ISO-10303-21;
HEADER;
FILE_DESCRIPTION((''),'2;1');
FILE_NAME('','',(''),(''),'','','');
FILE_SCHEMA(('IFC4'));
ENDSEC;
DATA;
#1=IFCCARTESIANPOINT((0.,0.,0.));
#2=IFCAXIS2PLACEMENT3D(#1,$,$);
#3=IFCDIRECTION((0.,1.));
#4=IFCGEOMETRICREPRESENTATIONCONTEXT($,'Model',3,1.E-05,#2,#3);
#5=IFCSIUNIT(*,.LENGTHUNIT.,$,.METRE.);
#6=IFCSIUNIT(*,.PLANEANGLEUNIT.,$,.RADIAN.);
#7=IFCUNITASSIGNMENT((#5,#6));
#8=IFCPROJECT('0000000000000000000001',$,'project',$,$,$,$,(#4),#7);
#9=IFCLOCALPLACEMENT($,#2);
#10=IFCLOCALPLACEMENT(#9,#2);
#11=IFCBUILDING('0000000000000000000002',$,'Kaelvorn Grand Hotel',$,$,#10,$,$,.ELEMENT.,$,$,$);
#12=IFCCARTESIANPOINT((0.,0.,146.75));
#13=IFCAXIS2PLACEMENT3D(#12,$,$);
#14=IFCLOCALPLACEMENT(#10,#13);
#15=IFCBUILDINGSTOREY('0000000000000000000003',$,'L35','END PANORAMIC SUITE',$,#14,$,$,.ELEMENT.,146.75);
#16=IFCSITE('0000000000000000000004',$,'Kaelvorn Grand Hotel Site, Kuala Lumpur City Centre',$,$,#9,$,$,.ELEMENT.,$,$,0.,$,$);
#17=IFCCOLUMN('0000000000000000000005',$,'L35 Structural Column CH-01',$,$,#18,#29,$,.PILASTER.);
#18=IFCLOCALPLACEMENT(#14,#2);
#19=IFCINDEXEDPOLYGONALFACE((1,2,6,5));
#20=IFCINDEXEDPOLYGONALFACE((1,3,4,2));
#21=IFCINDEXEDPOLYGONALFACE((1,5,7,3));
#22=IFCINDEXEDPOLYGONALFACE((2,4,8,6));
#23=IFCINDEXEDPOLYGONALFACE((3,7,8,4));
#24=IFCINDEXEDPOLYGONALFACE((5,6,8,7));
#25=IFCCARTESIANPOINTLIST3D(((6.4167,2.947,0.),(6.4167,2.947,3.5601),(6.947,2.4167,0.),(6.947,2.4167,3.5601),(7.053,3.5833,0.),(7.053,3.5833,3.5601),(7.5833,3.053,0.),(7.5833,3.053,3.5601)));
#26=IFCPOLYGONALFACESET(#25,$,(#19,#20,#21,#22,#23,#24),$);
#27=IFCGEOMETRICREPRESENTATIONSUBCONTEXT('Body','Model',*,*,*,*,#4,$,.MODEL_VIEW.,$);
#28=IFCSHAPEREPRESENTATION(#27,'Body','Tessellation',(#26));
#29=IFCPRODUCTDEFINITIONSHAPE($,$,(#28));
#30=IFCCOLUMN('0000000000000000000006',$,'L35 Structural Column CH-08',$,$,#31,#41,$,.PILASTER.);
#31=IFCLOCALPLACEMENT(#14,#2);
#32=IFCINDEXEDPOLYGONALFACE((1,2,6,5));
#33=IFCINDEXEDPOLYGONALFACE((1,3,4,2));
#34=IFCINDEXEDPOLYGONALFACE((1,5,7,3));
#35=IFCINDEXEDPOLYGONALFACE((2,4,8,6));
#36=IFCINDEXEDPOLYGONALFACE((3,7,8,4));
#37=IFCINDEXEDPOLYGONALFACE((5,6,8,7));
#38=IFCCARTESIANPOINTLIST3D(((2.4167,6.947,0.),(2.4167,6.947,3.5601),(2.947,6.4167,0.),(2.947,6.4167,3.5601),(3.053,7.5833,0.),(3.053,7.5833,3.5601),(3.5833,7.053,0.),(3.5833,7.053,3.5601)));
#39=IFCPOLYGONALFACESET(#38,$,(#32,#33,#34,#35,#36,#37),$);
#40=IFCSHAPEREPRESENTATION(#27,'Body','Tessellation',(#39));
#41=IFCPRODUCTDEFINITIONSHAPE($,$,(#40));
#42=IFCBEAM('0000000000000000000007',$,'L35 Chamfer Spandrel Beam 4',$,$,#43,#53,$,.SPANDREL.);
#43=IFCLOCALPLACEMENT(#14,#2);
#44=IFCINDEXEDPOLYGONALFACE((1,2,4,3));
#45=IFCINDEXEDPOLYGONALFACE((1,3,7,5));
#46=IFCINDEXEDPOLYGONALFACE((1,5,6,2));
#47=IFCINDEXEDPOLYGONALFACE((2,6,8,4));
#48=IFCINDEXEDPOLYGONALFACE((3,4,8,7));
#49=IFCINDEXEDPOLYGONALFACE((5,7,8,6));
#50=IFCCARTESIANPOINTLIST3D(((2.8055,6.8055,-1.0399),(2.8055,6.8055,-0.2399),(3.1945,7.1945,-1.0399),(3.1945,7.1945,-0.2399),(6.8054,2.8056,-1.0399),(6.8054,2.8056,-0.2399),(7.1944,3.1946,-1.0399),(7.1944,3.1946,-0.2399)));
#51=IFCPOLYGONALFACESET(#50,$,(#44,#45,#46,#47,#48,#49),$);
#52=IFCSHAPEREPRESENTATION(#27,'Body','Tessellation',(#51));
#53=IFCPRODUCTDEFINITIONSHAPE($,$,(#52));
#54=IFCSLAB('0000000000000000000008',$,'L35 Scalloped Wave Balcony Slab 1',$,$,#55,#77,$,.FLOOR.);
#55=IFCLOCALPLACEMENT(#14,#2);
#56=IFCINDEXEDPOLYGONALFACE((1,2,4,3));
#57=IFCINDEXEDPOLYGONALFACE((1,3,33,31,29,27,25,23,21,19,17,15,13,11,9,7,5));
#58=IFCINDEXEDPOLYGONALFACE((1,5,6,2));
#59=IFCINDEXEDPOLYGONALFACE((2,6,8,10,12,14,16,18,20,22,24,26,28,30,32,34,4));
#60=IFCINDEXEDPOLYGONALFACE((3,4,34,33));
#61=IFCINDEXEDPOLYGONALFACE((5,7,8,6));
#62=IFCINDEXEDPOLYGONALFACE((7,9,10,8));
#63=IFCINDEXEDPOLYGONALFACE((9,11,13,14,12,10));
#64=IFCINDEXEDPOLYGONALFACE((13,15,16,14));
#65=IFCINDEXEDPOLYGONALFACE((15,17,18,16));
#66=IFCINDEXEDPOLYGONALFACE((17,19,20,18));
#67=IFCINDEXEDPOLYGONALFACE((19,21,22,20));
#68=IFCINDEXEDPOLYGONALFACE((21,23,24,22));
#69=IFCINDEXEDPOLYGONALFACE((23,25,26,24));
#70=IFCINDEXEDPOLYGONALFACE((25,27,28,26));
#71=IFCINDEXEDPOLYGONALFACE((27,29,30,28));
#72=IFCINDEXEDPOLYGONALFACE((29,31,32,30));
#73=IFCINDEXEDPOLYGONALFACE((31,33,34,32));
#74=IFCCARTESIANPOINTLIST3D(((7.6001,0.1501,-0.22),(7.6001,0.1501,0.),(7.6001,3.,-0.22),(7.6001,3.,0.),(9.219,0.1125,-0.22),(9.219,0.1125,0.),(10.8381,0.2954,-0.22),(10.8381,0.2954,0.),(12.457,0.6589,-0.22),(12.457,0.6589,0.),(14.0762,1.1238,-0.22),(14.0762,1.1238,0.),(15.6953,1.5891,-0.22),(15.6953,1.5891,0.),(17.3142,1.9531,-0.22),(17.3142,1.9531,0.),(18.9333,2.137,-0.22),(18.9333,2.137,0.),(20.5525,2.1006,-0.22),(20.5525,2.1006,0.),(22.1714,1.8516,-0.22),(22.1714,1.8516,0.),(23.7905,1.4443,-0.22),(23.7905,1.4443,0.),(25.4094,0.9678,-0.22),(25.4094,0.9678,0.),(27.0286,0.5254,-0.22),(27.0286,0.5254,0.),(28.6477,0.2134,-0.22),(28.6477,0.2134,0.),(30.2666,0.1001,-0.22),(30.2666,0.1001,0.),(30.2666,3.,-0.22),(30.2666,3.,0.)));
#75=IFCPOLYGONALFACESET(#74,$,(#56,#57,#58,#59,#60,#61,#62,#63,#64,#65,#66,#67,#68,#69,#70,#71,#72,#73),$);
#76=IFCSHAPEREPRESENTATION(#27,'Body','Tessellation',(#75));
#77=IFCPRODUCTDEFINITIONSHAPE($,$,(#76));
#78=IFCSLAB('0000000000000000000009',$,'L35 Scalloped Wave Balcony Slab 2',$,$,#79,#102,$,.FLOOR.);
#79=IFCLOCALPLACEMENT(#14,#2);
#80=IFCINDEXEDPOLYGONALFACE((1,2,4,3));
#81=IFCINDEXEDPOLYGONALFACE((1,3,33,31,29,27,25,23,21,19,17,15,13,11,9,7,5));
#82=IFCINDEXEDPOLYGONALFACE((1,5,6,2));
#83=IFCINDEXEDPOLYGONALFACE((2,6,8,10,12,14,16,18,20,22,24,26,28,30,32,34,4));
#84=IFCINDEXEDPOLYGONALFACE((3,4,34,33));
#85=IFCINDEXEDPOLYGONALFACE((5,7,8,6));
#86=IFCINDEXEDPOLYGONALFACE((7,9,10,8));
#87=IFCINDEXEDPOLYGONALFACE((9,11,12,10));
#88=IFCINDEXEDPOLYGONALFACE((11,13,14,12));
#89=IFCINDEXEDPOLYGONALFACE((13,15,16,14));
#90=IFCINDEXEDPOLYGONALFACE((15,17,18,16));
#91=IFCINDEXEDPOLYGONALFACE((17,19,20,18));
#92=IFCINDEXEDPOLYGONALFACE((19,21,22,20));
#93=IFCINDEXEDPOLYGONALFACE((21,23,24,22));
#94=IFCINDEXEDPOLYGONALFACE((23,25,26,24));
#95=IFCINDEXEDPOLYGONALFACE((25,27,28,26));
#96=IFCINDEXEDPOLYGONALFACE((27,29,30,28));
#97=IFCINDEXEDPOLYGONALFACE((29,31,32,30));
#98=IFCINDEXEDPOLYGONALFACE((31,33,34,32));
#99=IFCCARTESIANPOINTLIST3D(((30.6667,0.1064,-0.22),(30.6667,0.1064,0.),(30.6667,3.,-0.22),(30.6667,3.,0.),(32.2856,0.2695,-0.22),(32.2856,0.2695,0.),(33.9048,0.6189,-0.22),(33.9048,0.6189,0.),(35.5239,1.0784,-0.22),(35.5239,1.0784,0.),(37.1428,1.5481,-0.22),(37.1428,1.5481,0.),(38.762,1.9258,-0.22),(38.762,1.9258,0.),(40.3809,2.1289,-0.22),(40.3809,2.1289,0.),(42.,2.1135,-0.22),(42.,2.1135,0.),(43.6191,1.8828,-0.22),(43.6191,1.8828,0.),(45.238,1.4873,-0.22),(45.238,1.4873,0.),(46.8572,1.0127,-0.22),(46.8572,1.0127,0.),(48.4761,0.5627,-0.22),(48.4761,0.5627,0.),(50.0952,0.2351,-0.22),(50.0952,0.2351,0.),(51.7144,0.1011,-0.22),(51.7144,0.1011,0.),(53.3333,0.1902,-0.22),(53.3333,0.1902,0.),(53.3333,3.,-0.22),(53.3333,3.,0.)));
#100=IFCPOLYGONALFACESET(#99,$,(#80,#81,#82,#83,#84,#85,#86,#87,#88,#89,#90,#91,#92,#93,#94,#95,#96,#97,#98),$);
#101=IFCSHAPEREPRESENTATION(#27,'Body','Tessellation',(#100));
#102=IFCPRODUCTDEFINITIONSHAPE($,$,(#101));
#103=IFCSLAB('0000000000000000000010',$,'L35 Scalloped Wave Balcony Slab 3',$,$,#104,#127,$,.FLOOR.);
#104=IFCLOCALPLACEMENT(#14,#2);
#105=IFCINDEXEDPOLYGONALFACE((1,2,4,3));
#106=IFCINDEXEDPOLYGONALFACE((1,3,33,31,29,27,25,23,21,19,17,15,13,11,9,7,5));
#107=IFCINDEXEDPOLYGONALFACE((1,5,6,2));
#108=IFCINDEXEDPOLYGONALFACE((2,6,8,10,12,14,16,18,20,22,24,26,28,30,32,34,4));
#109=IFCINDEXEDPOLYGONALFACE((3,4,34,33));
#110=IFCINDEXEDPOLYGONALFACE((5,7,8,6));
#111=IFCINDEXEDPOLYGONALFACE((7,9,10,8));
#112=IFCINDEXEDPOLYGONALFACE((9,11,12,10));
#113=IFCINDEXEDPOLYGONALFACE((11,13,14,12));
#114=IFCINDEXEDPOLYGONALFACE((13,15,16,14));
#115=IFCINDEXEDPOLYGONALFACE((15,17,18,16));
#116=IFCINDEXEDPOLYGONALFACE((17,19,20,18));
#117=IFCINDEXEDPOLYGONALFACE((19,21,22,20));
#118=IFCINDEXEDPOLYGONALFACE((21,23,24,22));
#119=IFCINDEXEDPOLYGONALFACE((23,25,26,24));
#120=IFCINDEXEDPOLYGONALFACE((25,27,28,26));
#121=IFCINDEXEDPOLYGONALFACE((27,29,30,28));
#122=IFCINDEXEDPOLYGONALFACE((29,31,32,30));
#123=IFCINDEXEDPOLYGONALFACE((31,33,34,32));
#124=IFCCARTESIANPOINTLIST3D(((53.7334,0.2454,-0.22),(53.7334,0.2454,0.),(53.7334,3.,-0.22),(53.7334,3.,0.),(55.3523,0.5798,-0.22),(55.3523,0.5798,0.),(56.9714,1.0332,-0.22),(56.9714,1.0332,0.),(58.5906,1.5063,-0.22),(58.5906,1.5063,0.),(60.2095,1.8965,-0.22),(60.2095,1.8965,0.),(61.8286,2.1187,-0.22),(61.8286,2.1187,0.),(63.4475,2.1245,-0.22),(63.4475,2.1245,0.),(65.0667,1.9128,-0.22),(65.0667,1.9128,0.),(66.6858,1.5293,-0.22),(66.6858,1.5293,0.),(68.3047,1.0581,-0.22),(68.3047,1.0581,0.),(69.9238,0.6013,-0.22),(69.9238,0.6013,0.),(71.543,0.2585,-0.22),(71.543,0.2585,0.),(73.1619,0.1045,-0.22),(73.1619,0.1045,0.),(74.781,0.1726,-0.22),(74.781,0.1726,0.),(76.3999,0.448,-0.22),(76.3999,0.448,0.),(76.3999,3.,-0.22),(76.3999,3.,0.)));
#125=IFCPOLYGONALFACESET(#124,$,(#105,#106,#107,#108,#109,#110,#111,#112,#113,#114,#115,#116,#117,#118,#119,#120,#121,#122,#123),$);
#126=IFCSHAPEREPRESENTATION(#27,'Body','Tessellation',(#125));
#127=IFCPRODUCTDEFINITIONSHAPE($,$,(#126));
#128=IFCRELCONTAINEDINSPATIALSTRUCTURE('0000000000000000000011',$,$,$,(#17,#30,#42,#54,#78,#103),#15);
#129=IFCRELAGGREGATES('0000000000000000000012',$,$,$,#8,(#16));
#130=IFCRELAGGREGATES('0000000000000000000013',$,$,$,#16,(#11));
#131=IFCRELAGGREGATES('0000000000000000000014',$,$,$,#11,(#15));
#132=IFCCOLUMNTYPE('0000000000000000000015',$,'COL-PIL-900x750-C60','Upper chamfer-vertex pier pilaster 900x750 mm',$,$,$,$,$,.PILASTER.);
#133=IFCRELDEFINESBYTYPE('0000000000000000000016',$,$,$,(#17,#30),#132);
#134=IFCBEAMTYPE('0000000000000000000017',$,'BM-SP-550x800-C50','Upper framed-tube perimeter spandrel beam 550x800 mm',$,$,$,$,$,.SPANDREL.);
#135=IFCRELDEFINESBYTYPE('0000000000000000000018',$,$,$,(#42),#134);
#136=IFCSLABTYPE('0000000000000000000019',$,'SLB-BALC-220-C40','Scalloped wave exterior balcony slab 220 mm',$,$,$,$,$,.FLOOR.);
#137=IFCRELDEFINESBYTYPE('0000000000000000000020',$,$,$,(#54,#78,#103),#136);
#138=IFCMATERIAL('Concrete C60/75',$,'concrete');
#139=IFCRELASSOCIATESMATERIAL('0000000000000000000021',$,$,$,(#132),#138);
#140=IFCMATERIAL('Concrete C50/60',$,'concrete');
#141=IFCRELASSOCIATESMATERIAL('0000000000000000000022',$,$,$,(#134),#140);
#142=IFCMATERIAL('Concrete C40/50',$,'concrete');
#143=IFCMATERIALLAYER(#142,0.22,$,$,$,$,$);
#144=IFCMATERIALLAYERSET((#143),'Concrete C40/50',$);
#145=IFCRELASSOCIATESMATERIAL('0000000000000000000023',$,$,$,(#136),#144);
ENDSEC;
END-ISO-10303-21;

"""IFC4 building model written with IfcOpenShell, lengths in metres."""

from ifc_helpers import new_model, si_unit, direction, frame, origin, origin_2d, place, context, subcontext, project, spatial, polyline, rectangle, outline, extrude, material, layer, layer_set, material_profile, profile_set, type_object, element, save


model = new_model("IFC4")

# Units and contexts
model_context = context("Model", 3, precision=1e-05, world=origin(), true_north=direction((0.0, 1.0)))
body_context = subcontext(model_context, "Body", "Model", "MODEL_VIEW")
ifc_project = project(units=[si_unit("LENGTHUNIT", "METRE"), si_unit("PLANEANGLEUNIT", "RADIAN")], contexts=[model_context])

# Site, building, storey
site_placement = place(None, origin())
site = spatial("IfcSite", under=ifc_project, at=site_placement, Name="Kaelvorn Grand Hotel Site, Kuala Lumpur City Centre", CompositionType="ELEMENT", RefElevation=0.0)
building_placement = place(site_placement, origin())
building = spatial("IfcBuilding", under=site, at=building_placement, Name="Kaelvorn Grand Hotel", CompositionType="ELEMENT")
storey_placement = place(building_placement, frame((0.0, 0.0, 146.75)))
storey = spatial("IfcBuildingStorey", under=building, at=storey_placement, Name="L35", Description="END PANORAMIC SUITE", CompositionType="ELEMENT", Elevation=146.75)

# Columns
ifc_material_1 = material(Name="Concrete C60/75", Category="concrete")
ifc_material_profile_1 = material_profile(ifc_material_1, rectangle(XDim=0.8999, YDim=0.75, at=origin_2d()), Name="RC PILASTER 900x750")
ifc_profile_set_1 = profile_set([ifc_material_profile_1], Name="Concrete C60/75")
column_type = type_object("IfcColumnType", Name="COL-PIL-900x750-C60", Description="Upper chamfer-vertex pier pilaster 900x750 mm", PredefinedType="PILASTER", material=ifc_profile_set_1)
for number, where, z_axis, x_axis, name in (
    (1, (7.0, 3.0, 0.0), (0.0, 0.0, 1.0), (0.707107, 0.707107, 0.0), "L35 Structural Column CH-01"),
    (2, (3.0, 7.0, 0.0), (0.0, 0.0, 1.0), (0.707107, 0.707107, 0.0), "L35 Structural Column CH-08"),
):
    element("IfcColumn", number, at=place(storey_placement, frame(where, z_axis=z_axis, x_axis=x_axis)), inside=storey, type_object=column_type, Name=name, PredefinedType="PILASTER", context=body_context, shape_type="SweptSolid", body=[
        extrude(rectangle(XDim=0.8999, YDim=0.75, at=origin_2d()), origin(), (0.0, 0.0, 1.0), 3.5601),
    ])

# Beam
ifc_material_2 = material(Name="Concrete C50/60", Category="concrete")
ifc_material_profile_2 = material_profile(ifc_material_2, rectangle(XDim=0.55, YDim=0.8, at=origin_2d()), Name="RC SPANDREL 550x800")
ifc_profile_set_2 = profile_set([ifc_material_profile_2], Name="Concrete C50/60")
beam_type = type_object("IfcBeamType", Name="BM-SP-550x800-C50", Description="Upper framed-tube perimeter spandrel beam 550x800 mm", PredefinedType="SPANDREL", material=ifc_profile_set_2)
beam_placement = place(storey_placement, frame((3.0, 7.0, -0.6399), z_axis=(0.707107, -0.707107, 0.0), x_axis=(0.707107, 0.707107, 0.0)))
element("IfcBeam", 3, at=beam_placement, inside=storey, type_object=beam_type, Name="L35 Chamfer Spandrel Beam 4", PredefinedType="SPANDREL", context=body_context, shape_type="SweptSolid", body=[
    extrude(rectangle(XDim=0.55, YDim=0.8, at=origin_2d()), origin(), (0.0, 0.0, 1.0), 5.6567),
])

# Slabs
ifc_material_3 = material(Name="Concrete C40/50", Category="concrete")
ifc_layer_1 = layer(ifc_material_3, 0.22)
ifc_layer_set_1 = layer_set([ifc_layer_1], Name="Concrete C40/50")
slab_type_1 = type_object("IfcSlabType", Name="SLB-BALC-220-C40", Description="Scalloped wave exterior balcony slab 220 mm", PredefinedType="FLOOR", material=ifc_layer_set_1)
slab_1_placement = place(storey_placement, frame((0.0, 0.0, -0.22)))
element("IfcSlab", 4, at=slab_1_placement, inside=storey, type_object=slab_type_1, Name="L35 Scalloped Wave Balcony Slab 1", PredefinedType="FLOOR", context=body_context, shape_type="SweptSolid", body=[
    extrude(outline(polyline([(7.6001, 0.1501), (9.219, 0.1125), (10.8381, 0.2954), (12.457, 0.6589), (14.0762, 1.1238), (15.6953, 1.5891), (17.3142, 1.9531), (18.9333, 2.137), (20.5525, 2.1006), (22.1714, 1.8516), (23.7905, 1.4443), (25.4094, 0.9678), (27.0286, 0.5254), (28.6477, 0.2134), (30.2666, 0.1001), (30.2666, 3.0), (7.6001, 3.0), (7.6001, 0.1501)])), origin(), (0.0, 0.0, 1.0), 0.22),
])
slab_2_placement = place(storey_placement, frame((0.0, 0.0, -0.22)))
element("IfcSlab", 5, at=slab_2_placement, inside=storey, type_object=slab_type_1, Name="L35 Scalloped Wave Balcony Slab 2", PredefinedType="FLOOR", context=body_context, shape_type="SweptSolid", body=[
    extrude(outline(polyline([(30.6667, 0.1064), (32.2856, 0.2695), (33.9048, 0.6189), (35.5239, 1.0784), (37.1428, 1.5481), (38.762, 1.9258), (40.3809, 2.1289), (42.0, 2.1135), (43.6191, 1.8828), (45.238, 1.4873), (46.8572, 1.0127), (48.4761, 0.5627), (50.0952, 0.2351), (51.7144, 0.1011), (53.3333, 0.1902), (53.3333, 3.0), (30.6667, 3.0), (30.6667, 0.1064)])), origin(), (0.0, 0.0, 1.0), 0.22),
])
slab_3_placement = place(storey_placement, frame((0.0, 0.0, -0.22)))
element("IfcSlab", 6, at=slab_3_placement, inside=storey, type_object=slab_type_1, Name="L35 Scalloped Wave Balcony Slab 3", PredefinedType="FLOOR", context=body_context, shape_type="SweptSolid", body=[
    extrude(outline(polyline([(53.7334, 0.2454), (55.3523, 0.5798), (56.9714, 1.0332), (58.5906, 1.5063), (60.2095, 1.8965), (61.8286, 2.1187), (63.4475, 2.1245), (65.0667, 1.9128), (66.6858, 1.5293), (68.3047, 1.0581), (69.9238, 0.6013), (71.543, 0.2585), (73.1619, 0.1045), (74.781, 0.1726), (76.3999, 0.448), (76.3999, 3.0), (53.7334, 3.0), (53.7334, 0.2454)])), origin(), (0.0, 0.0, 1.0), 0.22),
])

save(model, "model.ifc")
